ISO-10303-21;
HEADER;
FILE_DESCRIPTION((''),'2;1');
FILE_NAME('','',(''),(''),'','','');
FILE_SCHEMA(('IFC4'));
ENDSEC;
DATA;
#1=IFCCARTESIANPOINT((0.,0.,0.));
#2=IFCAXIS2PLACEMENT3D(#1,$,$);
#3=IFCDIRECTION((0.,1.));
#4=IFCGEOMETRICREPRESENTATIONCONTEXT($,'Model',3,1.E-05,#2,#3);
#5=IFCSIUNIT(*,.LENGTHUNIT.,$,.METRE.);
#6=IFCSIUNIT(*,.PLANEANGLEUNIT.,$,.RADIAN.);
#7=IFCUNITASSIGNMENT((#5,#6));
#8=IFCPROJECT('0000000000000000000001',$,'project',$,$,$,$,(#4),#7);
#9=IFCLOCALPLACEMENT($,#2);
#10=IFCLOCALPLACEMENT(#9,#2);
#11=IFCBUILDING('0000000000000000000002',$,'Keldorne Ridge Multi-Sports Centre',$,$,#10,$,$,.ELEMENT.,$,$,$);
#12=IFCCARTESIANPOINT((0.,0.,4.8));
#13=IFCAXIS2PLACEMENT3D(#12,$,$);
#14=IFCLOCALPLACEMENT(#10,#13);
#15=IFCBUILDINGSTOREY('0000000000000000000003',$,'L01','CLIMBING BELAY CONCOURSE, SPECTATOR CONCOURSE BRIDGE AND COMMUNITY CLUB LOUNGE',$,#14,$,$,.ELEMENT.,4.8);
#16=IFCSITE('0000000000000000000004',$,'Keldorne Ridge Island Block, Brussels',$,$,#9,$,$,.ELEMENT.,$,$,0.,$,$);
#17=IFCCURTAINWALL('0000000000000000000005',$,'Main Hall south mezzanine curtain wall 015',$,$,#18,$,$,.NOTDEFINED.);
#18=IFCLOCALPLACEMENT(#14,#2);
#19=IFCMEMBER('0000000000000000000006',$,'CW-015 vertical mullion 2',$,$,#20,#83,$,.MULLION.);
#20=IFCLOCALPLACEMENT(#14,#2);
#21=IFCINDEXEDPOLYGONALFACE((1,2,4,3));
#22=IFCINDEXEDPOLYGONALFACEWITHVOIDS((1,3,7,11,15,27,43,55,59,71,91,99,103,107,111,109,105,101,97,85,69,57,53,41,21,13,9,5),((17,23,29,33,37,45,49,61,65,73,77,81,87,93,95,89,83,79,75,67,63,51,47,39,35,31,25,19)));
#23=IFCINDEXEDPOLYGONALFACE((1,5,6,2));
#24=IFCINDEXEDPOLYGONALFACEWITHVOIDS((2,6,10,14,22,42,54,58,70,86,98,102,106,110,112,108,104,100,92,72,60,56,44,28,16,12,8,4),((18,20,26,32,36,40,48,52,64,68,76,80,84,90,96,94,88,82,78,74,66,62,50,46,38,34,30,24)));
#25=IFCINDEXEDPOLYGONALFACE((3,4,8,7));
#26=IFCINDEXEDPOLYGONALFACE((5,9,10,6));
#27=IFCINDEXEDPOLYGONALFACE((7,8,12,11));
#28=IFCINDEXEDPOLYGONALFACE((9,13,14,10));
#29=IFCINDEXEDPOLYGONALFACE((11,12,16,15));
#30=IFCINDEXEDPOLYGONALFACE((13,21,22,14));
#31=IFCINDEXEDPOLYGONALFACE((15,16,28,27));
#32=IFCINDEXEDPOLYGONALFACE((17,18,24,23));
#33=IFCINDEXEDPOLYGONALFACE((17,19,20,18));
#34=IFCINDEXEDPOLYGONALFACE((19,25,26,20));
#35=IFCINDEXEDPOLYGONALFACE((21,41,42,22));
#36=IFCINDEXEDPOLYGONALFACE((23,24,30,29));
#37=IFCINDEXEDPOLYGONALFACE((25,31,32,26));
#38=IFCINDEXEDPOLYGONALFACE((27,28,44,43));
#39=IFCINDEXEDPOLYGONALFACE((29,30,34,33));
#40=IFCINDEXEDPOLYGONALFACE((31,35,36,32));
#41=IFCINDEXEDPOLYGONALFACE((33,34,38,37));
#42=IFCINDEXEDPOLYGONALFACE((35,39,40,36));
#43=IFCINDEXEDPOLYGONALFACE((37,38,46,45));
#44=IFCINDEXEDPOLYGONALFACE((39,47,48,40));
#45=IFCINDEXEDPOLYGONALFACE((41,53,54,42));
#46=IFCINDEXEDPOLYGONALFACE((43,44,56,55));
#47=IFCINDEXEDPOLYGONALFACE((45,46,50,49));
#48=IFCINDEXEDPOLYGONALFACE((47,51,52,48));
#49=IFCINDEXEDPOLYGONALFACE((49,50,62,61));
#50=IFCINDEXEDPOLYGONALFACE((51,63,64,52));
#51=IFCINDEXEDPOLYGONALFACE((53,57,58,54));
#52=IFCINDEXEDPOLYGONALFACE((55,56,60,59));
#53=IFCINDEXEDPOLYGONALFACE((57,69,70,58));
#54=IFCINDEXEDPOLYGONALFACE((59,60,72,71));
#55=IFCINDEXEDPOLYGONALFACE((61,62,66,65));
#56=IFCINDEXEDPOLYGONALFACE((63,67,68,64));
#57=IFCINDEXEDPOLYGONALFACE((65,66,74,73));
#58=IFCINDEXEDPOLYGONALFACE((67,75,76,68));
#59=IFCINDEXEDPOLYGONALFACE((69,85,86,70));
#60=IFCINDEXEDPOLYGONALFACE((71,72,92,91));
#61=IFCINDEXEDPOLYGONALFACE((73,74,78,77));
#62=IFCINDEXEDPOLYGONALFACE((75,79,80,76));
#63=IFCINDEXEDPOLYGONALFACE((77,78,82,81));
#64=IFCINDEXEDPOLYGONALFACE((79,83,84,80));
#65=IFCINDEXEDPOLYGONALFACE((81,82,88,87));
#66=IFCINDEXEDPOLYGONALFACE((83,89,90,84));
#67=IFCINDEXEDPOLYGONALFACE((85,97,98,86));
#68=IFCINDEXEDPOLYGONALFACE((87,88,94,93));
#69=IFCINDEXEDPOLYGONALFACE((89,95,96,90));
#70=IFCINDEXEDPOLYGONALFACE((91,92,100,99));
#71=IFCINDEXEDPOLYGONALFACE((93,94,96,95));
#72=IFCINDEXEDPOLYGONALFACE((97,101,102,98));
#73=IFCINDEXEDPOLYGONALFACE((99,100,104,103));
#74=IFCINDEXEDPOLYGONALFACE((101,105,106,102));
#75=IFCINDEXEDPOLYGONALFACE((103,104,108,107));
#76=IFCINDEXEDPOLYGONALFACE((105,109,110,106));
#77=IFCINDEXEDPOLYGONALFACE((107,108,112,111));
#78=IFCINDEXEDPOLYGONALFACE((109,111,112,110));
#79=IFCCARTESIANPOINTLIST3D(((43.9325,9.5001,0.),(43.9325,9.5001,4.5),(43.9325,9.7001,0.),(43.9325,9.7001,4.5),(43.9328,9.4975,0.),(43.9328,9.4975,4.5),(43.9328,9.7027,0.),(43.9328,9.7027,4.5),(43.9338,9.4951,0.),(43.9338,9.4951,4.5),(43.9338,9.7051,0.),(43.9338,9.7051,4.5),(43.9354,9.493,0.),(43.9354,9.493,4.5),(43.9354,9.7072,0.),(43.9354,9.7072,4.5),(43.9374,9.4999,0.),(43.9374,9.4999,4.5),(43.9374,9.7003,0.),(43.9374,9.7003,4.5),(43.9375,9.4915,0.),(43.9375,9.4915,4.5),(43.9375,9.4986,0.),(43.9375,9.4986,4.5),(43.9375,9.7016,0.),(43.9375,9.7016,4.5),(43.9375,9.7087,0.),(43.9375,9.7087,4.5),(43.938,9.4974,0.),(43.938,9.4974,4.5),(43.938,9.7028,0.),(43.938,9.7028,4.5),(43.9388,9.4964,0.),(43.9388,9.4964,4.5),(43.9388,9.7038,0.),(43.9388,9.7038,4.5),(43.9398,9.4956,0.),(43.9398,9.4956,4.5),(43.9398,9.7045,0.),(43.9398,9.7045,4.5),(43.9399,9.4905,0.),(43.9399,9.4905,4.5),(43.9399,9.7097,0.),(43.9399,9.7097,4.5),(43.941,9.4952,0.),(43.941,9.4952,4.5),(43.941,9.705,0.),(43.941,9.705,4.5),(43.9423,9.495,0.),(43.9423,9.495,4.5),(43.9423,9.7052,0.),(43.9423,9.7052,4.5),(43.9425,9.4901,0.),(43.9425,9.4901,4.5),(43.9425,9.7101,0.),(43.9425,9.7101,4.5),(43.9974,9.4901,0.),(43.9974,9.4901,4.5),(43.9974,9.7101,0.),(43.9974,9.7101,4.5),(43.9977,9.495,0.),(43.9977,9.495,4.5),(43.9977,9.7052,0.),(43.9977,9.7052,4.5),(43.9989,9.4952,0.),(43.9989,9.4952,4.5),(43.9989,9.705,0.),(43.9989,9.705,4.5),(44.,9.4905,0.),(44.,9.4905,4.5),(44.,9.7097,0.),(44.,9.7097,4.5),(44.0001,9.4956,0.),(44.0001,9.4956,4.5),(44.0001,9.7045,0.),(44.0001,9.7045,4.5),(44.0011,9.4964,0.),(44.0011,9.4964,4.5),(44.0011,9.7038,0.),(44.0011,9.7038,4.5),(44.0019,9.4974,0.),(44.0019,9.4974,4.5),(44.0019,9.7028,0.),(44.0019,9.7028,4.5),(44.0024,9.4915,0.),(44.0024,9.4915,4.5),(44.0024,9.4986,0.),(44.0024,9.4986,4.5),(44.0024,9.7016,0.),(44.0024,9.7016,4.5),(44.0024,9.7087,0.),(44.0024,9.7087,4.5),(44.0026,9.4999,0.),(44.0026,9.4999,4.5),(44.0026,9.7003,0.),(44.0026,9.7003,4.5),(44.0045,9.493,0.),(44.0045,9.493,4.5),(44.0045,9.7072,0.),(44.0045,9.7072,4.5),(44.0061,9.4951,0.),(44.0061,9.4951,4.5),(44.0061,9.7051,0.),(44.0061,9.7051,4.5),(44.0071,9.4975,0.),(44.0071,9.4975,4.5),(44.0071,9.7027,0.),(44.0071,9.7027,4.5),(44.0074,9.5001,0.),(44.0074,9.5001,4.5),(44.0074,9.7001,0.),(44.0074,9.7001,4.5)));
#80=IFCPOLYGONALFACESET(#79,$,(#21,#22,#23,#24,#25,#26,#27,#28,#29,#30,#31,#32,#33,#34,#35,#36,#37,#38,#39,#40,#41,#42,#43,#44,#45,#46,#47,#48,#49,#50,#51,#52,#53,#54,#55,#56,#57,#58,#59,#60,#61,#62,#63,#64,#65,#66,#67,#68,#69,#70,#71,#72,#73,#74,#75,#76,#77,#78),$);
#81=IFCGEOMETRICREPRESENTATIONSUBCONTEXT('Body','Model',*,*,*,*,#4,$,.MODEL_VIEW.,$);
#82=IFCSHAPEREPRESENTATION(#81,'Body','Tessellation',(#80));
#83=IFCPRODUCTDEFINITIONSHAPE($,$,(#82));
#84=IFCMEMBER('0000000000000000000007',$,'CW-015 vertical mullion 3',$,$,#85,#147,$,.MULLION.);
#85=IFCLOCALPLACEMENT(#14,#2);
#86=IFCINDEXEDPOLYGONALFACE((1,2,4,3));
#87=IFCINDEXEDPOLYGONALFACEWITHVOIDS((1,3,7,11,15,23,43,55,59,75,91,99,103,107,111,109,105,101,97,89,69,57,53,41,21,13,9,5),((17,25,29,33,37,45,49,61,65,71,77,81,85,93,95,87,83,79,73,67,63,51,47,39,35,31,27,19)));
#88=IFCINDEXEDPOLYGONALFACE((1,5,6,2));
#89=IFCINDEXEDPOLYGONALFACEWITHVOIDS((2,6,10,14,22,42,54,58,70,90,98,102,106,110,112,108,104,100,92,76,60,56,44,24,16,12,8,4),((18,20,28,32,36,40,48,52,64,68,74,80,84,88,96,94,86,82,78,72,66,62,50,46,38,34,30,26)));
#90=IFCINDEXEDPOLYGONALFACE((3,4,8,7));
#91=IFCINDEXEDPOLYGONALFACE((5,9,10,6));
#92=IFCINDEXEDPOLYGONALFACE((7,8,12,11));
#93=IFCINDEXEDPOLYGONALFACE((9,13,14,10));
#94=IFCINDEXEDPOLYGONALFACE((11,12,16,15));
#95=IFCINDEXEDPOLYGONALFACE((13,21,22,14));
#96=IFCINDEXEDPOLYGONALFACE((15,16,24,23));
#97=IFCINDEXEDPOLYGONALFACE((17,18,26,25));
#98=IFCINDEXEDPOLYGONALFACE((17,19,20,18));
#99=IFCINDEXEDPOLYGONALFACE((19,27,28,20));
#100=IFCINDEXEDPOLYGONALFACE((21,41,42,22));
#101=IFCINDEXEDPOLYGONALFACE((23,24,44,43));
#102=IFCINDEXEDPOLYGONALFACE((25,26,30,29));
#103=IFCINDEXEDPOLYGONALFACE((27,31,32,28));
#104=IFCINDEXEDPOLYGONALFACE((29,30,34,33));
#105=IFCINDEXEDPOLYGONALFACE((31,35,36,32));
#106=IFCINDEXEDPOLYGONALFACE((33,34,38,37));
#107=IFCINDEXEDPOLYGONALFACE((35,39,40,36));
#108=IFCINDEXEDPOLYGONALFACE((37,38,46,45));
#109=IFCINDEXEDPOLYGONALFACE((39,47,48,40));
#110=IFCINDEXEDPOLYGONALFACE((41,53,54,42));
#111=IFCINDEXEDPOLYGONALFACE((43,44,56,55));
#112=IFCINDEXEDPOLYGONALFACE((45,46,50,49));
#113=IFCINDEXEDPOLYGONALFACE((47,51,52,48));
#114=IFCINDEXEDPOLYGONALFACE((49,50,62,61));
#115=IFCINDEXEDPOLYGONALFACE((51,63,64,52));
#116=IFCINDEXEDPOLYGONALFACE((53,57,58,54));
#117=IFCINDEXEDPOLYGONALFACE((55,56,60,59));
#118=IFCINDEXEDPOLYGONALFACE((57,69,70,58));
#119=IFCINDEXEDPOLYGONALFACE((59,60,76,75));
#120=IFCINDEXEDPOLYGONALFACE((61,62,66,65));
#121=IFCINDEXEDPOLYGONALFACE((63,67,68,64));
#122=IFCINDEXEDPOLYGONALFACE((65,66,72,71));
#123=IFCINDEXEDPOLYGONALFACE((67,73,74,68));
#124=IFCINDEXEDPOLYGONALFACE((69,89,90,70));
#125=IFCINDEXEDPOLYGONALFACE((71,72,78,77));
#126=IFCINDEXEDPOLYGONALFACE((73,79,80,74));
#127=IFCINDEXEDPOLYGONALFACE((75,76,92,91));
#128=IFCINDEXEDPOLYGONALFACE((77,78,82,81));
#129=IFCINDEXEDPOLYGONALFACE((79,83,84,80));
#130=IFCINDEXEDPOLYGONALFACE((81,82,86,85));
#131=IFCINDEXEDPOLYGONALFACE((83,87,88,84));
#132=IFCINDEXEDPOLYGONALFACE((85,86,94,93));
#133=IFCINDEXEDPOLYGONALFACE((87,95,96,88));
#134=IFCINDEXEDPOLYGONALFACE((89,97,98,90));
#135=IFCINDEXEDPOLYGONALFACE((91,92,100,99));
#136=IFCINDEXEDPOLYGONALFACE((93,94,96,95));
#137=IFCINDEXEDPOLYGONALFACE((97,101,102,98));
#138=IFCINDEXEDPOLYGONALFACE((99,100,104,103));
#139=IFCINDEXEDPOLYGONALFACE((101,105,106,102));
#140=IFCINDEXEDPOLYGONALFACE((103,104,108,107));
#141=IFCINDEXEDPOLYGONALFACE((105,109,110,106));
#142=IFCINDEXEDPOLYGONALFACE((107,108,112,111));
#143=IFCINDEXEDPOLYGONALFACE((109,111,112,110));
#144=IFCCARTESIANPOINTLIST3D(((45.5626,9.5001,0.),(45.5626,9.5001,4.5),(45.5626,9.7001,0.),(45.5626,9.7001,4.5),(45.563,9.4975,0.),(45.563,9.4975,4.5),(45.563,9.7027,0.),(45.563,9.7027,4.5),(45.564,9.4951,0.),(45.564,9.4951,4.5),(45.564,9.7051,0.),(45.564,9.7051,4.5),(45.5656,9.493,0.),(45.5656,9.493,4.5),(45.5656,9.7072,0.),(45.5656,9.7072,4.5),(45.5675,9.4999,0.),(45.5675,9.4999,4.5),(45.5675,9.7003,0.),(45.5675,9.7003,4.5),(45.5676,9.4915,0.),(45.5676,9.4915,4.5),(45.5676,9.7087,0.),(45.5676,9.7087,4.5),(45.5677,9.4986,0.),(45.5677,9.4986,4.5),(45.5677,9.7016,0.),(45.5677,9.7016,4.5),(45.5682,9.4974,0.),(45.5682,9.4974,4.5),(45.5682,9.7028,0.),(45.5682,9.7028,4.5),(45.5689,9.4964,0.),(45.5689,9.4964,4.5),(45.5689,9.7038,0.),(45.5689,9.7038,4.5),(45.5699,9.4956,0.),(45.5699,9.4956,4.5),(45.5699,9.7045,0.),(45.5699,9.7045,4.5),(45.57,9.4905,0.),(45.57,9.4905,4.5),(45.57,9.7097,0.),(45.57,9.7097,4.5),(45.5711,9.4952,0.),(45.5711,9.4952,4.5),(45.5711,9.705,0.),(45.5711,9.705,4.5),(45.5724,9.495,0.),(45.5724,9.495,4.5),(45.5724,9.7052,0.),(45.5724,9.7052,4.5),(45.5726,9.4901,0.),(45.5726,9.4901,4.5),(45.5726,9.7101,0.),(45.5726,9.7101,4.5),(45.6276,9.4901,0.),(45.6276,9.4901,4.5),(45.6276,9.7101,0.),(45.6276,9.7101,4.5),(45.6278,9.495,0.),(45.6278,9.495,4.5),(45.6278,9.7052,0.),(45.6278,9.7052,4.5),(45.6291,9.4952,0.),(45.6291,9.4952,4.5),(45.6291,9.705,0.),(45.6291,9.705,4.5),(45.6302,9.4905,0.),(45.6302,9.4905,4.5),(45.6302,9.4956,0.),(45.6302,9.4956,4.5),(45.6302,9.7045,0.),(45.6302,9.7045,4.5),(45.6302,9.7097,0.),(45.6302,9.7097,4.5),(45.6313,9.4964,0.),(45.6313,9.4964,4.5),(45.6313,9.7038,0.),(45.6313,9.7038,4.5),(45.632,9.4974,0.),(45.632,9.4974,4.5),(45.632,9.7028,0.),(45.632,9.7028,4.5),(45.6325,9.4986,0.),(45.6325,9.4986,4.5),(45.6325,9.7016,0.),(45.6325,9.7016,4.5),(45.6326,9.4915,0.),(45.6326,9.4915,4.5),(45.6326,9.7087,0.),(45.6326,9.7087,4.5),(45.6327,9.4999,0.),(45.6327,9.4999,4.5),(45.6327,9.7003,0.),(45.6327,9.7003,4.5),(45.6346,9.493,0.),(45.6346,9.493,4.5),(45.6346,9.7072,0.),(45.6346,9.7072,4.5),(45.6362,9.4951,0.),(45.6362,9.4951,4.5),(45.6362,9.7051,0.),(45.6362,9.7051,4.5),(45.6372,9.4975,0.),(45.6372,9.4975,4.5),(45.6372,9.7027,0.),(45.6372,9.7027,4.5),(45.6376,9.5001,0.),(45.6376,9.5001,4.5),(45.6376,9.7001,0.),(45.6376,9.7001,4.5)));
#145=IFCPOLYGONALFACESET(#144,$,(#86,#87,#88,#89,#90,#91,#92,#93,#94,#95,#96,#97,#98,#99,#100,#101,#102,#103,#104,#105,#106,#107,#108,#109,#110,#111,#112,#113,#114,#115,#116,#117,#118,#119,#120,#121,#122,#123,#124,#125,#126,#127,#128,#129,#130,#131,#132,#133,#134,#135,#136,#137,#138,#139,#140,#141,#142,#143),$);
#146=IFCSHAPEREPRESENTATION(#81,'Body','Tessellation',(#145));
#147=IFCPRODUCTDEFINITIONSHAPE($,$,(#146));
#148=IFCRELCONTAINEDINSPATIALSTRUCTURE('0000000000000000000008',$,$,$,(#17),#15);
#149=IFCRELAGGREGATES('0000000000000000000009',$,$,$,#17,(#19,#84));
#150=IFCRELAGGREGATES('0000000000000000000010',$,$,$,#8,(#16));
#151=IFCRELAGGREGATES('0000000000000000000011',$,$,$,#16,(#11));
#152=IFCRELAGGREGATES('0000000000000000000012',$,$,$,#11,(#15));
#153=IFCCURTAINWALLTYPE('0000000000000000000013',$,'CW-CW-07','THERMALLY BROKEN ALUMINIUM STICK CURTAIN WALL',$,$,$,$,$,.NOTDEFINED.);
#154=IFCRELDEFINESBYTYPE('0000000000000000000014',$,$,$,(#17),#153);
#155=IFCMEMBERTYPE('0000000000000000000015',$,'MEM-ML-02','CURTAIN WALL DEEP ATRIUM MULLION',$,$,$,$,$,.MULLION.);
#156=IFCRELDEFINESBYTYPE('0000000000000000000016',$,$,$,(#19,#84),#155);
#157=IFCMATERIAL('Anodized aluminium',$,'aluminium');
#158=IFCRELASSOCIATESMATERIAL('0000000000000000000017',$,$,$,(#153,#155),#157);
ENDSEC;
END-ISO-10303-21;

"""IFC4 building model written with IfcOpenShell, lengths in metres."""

from ifc_helpers import new_model, si_unit, direction, frame, origin, origin_2d, place, context, subcontext, project, spatial, hollow_rectangle, extrude, material, material_profile, profile_set, type_object, element, aggregate, save


model = new_model("IFC4")

# Units and contexts
model_context = context("Model", 3, precision=1e-05, world=origin(), true_north=direction((0.0, 1.0)))
body_context = subcontext(model_context, "Body", "Model", "MODEL_VIEW")
ifc_project = project(units=[si_unit("LENGTHUNIT", "METRE"), si_unit("PLANEANGLEUNIT", "RADIAN")], contexts=[model_context])

# Site, building, storey
site_placement = place(None, origin())
site = spatial("IfcSite", under=ifc_project, at=site_placement, Name="Keldorne Ridge Island Block, Brussels", CompositionType="ELEMENT", RefElevation=0.0)
building_placement = place(site_placement, origin())
building = spatial("IfcBuilding", under=site, at=building_placement, Name="Keldorne Ridge Multi-Sports Centre", CompositionType="ELEMENT")
storey_placement = place(building_placement, frame((0.0, 0.0, 4.8)))
storey = spatial("IfcBuildingStorey", under=building, at=storey_placement, Name="L01", Description="CLIMBING BELAY CONCOURSE, SPECTATOR CONCOURSE BRIDGE AND COMMUNITY CLUB LOUNGE", CompositionType="ELEMENT", Elevation=4.8)

# Curtain wall, members
ifc_material_1 = material(Name="Anodized aluminium", Category="aluminium")
curtain_wall_type = type_object("IfcCurtainWallType", Name="CW-CW-07", Description="THERMALLY BROKEN ALUMINIUM STICK CURTAIN WALL", PredefinedType="NOTDEFINED", material=ifc_material_1)
curtain_wall_placement = place(storey_placement, origin())
curtain_wall = element("IfcCurtainWall", 1, at=curtain_wall_placement, inside=storey, type_object=curtain_wall_type, Name="Main Hall south mezzanine curtain wall 015", PredefinedType="NOTDEFINED")
ifc_material_profile_1 = material_profile(ifc_material_1, hollow_rectangle(XDim=0.075, YDim=0.22, WallThickness=0.0049, InnerFilletRadius=0.0049, OuterFilletRadius=0.01, at=origin_2d()), Name="ALU MULLION 220x75x5")
ifc_profile_set_1 = profile_set([ifc_material_profile_1], Name="Anodized aluminium")
member_type_1 = type_object("IfcMemberType", Name="MEM-ML-02", Description="CURTAIN WALL DEEP ATRIUM MULLION", PredefinedType="MULLION", material=ifc_profile_set_1)
member_1_placement = place(storey_placement, frame((43.97, 9.6001, 0.0), z_axis=(0.0, 0.0, 1.0), x_axis=(1.0, 0.0, 0.0)))
member_1 = element("IfcMember", 2, at=member_1_placement, type_object=member_type_1, Name="CW-015 vertical mullion 2", PredefinedType="MULLION", context=body_context, shape_type="SweptSolid", body=[
    extrude(hollow_rectangle(XDim=0.075, YDim=0.22, WallThickness=0.0049, InnerFilletRadius=0.0049, OuterFilletRadius=0.01, at=origin_2d()), origin(), (0.0, 0.0, 1.0), 4.5),
])
member_2_placement = place(storey_placement, frame((45.6001, 9.6001, 0.0), z_axis=(0.0, 0.0, 1.0), x_axis=(1.0, 0.0, 0.0)))
member_2 = element("IfcMember", 3, at=member_2_placement, type_object=member_type_1, Name="CW-015 vertical mullion 3", PredefinedType="MULLION", context=body_context, shape_type="SweptSolid", body=[
    extrude(hollow_rectangle(XDim=0.075, YDim=0.22, WallThickness=0.0049, InnerFilletRadius=0.0049, OuterFilletRadius=0.01, at=origin_2d()), origin(), (0.0, 0.0, 1.0), 4.5),
])
aggregate(curtain_wall, [member_1, member_2])

save(model, "model.ifc")
